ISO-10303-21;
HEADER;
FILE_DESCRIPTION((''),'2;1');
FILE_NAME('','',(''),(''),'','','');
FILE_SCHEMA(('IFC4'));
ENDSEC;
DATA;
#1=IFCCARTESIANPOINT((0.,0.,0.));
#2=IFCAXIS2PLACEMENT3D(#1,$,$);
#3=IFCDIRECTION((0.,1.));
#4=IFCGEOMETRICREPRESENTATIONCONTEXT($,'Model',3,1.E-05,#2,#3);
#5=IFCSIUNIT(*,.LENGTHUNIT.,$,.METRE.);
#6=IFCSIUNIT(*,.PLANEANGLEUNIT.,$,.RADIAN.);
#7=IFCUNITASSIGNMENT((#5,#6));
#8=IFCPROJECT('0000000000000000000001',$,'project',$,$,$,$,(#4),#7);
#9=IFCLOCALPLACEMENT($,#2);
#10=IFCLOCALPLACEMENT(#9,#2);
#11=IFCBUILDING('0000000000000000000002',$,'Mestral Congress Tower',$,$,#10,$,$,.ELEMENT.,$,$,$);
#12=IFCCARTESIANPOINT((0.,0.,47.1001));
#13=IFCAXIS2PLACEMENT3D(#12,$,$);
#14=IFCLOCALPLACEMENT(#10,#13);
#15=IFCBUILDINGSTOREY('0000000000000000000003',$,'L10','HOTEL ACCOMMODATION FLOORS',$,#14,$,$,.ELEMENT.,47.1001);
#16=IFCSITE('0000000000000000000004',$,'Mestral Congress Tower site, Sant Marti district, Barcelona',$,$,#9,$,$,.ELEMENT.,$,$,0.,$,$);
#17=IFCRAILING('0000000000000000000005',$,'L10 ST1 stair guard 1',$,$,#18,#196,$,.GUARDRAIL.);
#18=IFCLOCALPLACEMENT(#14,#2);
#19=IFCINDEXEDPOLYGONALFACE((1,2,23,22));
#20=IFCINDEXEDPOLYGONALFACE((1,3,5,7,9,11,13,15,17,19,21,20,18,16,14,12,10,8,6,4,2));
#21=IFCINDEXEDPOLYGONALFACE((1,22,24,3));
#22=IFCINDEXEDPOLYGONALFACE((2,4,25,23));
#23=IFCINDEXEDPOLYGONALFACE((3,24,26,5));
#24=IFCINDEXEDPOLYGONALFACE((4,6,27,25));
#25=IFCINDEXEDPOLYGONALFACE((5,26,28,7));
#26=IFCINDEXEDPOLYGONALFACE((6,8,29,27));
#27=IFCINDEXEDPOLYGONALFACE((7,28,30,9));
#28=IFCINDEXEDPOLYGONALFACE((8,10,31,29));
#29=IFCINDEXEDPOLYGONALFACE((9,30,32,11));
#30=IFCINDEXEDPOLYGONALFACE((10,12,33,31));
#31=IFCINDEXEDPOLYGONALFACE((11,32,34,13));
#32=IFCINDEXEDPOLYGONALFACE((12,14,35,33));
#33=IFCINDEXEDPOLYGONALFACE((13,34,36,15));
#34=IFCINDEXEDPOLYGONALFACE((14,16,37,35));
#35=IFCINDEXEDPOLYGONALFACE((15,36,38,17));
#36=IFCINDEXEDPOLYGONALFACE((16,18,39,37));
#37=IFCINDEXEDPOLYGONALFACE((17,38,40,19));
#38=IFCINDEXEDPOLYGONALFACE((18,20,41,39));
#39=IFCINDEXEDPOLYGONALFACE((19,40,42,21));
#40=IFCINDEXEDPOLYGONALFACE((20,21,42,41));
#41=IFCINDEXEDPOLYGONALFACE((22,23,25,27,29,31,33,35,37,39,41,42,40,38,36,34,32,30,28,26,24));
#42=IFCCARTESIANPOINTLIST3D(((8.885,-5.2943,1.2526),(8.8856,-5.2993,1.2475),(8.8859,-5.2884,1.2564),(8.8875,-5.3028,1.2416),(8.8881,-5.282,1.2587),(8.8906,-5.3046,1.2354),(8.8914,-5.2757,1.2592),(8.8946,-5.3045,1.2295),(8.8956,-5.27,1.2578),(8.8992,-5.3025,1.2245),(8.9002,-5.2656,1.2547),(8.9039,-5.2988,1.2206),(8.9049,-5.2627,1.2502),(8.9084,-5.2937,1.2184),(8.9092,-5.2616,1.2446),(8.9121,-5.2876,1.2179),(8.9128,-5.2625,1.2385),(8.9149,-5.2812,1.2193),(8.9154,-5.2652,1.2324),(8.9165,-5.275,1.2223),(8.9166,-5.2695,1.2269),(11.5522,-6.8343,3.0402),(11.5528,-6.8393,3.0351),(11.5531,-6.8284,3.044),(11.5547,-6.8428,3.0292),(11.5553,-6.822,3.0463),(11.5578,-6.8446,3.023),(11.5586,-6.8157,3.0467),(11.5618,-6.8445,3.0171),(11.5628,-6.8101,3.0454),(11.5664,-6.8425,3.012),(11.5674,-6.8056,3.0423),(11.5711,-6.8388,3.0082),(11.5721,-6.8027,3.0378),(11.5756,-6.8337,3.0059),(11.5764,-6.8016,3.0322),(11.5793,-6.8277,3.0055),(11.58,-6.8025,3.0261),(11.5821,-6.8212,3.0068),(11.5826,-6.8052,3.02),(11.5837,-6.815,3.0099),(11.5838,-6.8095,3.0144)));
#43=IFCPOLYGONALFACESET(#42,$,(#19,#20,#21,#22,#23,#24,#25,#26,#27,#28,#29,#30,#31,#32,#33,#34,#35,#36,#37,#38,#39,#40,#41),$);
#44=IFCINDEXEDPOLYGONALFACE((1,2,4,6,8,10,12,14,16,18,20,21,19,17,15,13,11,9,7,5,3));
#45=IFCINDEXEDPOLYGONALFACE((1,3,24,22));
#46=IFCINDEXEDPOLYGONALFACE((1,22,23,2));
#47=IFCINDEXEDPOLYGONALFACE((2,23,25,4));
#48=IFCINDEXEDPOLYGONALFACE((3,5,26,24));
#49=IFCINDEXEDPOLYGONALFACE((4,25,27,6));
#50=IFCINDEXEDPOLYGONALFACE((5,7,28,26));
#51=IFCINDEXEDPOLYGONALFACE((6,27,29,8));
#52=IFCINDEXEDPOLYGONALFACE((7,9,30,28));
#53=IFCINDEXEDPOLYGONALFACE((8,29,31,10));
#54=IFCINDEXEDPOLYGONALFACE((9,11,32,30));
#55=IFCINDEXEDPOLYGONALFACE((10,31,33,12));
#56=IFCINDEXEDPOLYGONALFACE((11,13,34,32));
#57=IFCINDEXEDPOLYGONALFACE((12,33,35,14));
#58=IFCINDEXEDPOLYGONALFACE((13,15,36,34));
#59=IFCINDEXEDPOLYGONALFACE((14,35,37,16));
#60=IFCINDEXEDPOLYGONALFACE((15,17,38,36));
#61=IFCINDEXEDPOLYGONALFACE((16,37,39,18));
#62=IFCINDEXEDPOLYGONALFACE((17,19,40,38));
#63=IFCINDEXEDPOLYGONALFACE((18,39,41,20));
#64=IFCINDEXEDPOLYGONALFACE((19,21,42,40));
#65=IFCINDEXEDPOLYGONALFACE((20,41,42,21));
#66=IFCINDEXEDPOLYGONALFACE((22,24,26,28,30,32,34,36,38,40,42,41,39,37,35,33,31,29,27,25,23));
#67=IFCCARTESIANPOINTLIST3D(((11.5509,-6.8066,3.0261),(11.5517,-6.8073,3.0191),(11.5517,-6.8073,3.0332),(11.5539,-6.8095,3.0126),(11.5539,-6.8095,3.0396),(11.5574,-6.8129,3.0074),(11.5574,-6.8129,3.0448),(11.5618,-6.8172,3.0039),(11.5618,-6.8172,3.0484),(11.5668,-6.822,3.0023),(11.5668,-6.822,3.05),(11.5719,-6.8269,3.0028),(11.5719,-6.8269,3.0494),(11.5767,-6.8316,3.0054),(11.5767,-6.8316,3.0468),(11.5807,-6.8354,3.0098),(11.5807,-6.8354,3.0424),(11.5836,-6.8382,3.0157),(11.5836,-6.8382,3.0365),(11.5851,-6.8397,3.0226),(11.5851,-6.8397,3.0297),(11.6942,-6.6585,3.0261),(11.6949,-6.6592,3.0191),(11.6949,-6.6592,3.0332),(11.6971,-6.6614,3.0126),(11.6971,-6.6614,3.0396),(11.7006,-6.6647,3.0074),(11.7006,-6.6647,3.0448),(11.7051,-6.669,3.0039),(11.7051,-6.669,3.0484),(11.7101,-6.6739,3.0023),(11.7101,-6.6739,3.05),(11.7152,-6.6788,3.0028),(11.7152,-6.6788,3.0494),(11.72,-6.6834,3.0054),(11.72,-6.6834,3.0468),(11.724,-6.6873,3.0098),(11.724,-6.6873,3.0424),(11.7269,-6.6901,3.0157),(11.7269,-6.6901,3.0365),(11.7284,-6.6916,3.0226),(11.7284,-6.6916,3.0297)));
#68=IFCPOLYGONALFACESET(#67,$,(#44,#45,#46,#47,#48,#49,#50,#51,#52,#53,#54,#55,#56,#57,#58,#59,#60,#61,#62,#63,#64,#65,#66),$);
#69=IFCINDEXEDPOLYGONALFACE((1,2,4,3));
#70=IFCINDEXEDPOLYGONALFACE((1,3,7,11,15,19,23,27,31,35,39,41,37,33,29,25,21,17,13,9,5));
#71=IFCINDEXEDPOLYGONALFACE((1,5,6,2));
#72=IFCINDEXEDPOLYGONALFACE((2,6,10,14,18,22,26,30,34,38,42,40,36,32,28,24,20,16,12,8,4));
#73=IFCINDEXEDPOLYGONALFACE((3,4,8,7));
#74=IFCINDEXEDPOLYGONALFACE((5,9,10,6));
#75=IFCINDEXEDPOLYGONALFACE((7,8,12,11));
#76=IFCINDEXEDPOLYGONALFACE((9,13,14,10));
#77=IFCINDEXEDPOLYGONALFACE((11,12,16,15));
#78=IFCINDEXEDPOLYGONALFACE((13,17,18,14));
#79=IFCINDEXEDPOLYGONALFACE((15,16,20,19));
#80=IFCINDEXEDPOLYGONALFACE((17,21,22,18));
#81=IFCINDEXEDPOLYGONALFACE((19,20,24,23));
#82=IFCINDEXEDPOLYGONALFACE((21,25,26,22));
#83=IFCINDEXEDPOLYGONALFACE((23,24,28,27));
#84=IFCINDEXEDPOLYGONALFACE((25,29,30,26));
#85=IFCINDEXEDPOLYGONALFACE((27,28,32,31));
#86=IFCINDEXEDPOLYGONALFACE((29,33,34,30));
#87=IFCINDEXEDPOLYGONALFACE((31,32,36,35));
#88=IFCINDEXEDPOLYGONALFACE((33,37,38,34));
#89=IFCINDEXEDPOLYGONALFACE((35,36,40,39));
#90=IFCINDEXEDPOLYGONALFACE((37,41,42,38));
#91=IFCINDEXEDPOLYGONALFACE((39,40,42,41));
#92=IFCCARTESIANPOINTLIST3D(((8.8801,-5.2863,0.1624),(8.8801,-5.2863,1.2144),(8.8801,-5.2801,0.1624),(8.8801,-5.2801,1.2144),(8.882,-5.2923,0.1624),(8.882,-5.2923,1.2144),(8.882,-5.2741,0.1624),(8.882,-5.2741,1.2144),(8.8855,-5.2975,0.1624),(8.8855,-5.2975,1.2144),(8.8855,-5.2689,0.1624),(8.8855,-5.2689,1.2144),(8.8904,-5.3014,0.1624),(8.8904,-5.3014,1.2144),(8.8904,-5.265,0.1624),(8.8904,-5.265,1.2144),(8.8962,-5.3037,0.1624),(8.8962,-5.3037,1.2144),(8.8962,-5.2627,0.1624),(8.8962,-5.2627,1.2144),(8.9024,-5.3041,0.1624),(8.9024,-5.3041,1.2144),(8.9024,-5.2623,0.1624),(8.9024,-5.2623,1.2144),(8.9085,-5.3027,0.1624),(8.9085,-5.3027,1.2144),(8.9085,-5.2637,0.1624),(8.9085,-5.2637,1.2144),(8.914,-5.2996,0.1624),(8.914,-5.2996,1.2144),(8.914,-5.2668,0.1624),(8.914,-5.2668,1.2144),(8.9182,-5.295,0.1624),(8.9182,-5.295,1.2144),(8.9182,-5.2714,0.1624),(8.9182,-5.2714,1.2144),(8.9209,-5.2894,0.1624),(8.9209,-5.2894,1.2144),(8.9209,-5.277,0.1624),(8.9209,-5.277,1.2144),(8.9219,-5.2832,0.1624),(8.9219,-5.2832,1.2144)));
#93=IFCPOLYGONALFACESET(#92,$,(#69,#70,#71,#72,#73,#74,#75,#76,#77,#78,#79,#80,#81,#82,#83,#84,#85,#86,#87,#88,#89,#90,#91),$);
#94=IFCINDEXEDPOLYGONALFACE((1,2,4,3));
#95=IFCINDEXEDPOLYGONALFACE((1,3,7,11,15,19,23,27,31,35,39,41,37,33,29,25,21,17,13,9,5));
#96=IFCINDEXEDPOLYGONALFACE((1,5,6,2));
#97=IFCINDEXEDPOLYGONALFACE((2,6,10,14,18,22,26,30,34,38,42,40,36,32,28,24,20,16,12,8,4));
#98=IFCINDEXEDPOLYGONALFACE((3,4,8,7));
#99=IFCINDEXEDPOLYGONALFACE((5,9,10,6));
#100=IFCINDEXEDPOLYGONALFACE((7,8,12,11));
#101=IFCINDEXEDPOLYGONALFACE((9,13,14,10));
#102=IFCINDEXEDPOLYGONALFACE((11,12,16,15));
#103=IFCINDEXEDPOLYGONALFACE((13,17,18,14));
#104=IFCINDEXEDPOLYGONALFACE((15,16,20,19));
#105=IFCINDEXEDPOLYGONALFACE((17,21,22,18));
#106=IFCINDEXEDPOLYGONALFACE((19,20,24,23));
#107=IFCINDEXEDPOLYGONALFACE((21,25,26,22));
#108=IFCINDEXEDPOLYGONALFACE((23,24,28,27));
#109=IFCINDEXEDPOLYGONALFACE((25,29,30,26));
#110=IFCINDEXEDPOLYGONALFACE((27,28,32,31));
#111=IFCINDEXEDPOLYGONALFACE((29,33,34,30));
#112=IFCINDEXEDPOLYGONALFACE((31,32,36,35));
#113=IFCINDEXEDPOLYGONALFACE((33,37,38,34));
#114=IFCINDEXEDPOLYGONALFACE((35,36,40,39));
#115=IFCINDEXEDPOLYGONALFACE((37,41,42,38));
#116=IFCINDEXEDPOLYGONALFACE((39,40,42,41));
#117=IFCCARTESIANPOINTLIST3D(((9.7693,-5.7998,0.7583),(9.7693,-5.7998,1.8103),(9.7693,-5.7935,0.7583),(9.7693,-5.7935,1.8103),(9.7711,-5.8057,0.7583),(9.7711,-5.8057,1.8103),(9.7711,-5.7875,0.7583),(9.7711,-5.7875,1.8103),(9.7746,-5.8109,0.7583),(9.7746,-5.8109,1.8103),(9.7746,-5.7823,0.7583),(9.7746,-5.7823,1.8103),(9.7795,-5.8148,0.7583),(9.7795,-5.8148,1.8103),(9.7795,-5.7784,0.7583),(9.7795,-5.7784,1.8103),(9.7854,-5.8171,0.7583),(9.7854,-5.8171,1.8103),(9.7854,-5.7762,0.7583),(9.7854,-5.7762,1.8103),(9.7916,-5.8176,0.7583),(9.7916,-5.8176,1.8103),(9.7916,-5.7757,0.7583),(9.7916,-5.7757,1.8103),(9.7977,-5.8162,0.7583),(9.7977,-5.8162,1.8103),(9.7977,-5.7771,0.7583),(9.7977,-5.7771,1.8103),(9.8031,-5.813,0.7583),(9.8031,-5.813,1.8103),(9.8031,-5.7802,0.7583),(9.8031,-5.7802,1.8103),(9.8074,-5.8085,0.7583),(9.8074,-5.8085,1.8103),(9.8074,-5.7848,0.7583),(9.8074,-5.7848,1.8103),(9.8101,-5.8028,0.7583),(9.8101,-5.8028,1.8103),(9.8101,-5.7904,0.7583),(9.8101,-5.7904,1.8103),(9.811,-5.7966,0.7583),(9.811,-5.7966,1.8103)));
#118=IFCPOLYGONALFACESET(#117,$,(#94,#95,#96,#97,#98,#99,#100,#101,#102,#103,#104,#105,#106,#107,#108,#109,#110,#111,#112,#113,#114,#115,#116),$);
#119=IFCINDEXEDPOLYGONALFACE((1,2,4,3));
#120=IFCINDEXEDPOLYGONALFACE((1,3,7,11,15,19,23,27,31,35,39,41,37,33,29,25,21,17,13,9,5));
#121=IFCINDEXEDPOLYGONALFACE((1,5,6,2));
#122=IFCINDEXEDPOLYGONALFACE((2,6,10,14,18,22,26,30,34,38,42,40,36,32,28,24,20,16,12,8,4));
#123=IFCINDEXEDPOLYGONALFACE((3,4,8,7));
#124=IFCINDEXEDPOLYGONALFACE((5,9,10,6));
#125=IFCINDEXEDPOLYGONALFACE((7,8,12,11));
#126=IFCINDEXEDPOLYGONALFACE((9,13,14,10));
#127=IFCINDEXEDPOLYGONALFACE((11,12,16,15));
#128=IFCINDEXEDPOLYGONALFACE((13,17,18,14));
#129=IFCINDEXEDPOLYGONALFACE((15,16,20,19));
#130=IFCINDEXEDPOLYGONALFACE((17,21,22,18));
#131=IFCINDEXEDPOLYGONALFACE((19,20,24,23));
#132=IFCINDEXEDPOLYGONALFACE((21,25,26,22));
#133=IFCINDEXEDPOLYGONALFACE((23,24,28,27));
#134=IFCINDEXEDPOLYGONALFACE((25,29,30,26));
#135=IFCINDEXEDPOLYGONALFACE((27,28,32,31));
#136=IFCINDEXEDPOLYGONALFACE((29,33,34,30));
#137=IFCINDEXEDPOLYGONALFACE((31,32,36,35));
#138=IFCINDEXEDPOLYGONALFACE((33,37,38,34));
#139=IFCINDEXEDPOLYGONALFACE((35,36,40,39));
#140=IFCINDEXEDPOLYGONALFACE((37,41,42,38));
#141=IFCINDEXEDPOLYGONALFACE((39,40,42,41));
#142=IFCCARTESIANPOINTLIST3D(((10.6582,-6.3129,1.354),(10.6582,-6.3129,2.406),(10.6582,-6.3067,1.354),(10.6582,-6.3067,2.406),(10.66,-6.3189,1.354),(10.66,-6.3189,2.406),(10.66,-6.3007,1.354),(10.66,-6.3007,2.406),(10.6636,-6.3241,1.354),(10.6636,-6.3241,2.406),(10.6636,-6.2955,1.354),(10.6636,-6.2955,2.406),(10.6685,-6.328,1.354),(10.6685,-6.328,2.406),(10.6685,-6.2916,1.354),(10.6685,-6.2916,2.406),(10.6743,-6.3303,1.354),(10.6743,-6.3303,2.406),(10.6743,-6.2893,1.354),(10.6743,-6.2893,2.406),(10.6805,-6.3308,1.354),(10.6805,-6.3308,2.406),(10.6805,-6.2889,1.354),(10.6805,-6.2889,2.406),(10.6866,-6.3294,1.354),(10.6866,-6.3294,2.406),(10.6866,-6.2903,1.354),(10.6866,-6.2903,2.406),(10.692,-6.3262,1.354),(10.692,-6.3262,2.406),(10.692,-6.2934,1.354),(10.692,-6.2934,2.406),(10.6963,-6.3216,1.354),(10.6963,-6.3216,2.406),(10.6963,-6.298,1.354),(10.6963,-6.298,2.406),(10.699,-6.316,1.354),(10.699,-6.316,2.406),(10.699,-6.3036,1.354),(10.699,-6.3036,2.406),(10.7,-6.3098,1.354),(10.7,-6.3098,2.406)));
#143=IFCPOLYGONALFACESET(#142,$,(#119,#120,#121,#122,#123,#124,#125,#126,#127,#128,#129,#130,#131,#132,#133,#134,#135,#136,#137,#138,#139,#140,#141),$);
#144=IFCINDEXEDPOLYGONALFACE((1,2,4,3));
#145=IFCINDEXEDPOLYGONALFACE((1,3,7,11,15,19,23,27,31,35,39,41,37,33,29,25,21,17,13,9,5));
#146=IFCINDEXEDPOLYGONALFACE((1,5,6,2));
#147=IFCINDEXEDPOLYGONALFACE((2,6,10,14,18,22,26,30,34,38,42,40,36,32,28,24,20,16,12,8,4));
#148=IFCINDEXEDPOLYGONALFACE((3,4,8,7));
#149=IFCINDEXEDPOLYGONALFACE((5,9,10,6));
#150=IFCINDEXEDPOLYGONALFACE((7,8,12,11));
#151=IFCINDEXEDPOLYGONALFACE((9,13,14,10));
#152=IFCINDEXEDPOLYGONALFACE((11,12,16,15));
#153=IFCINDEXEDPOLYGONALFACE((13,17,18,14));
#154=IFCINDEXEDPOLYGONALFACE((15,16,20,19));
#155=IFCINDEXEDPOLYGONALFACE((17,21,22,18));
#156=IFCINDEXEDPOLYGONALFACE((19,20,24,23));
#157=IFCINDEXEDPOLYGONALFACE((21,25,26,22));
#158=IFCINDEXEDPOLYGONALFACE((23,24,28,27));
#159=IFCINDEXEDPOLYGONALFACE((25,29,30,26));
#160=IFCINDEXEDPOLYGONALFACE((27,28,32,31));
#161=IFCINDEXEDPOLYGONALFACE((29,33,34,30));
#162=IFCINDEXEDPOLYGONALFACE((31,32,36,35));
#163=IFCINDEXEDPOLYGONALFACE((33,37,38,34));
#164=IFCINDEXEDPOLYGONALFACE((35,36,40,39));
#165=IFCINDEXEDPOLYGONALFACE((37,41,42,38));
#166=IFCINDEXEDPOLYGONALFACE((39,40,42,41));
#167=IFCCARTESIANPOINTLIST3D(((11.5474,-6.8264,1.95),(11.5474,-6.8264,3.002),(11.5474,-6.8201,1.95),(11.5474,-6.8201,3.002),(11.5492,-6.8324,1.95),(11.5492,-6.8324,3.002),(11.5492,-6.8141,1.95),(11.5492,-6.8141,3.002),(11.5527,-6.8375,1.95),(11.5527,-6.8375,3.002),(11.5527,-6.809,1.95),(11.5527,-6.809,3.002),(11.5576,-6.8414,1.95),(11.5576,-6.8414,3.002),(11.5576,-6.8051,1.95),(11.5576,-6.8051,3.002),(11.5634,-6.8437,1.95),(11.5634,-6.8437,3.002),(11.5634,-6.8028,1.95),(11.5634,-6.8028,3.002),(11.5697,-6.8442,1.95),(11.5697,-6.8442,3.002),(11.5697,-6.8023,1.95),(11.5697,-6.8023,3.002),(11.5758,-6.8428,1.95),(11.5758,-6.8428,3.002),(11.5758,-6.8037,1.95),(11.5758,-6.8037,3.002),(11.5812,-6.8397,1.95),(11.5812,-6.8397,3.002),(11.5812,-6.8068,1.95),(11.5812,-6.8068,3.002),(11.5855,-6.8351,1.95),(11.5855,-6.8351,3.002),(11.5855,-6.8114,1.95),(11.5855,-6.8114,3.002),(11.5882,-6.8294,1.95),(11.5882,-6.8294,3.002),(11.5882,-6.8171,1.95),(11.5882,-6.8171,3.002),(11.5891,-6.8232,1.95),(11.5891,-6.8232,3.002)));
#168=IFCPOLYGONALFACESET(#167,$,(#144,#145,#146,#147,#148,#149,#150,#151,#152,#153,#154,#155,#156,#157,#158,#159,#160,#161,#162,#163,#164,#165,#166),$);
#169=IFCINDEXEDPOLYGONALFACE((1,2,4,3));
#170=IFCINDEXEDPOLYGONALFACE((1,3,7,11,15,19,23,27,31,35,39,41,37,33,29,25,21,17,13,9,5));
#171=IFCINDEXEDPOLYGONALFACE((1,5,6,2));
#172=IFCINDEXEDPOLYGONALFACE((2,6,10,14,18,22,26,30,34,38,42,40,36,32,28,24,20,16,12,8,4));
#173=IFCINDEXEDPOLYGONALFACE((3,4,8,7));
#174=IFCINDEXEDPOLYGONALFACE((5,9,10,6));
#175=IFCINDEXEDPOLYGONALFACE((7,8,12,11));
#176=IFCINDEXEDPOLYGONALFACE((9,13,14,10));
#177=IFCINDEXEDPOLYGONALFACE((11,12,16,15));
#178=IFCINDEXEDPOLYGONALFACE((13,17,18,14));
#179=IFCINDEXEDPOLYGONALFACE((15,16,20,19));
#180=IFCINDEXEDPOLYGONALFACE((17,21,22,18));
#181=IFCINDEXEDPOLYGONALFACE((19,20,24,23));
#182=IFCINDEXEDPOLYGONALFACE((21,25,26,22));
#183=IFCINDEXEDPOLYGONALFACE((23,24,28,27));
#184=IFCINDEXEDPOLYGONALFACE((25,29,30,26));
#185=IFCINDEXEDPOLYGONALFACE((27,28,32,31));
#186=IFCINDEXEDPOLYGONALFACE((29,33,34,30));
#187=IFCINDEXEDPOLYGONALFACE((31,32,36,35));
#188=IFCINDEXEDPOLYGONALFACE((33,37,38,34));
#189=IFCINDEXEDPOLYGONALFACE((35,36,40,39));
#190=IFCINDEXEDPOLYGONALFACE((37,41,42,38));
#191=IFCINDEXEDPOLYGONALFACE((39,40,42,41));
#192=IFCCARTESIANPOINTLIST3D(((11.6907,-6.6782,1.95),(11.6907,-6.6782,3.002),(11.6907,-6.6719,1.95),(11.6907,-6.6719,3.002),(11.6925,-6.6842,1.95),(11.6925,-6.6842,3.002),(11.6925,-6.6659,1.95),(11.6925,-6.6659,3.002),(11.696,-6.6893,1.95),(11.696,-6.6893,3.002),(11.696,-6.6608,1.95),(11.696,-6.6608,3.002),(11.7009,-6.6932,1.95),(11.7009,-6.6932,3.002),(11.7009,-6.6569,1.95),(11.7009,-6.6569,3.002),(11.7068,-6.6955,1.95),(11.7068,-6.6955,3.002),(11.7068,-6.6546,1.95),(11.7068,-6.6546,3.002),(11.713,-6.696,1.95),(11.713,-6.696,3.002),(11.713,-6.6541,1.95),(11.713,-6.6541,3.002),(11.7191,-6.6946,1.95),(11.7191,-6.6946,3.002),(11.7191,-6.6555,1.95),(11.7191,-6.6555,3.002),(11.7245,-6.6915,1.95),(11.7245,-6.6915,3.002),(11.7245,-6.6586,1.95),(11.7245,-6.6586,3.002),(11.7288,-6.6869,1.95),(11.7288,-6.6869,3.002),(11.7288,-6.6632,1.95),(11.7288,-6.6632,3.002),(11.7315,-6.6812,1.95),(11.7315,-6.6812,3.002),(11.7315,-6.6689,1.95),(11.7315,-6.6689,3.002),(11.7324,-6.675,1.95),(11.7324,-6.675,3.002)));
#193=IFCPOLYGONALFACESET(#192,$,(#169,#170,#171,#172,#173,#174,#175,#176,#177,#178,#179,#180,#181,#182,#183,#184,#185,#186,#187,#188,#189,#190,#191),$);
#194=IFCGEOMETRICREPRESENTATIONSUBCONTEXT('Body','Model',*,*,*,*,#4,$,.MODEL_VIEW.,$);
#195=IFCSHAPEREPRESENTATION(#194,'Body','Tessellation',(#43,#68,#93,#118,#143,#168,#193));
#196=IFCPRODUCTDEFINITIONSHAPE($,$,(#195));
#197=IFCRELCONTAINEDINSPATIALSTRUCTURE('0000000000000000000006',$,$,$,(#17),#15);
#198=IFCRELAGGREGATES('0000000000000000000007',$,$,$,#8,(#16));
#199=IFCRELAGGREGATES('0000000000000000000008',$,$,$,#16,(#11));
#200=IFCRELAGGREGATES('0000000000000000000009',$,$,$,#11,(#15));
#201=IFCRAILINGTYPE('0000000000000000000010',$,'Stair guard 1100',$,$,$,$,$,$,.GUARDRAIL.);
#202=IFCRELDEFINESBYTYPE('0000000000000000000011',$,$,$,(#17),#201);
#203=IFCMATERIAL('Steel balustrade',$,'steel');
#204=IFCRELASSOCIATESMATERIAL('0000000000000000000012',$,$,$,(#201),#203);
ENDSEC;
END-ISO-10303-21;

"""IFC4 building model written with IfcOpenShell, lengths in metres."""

from ifc_helpers import new_model, si_unit, direction, frame, origin, origin_2d, place, context, subcontext, project, spatial, circle, extrude, material, type_object, element, save


model = new_model("IFC4")

# Units and contexts
model_context = context("Model", 3, precision=1e-05, world=origin(), true_north=direction((0.0, 1.0)))
body_context = subcontext(model_context, "Body", "Model", "MODEL_VIEW")
ifc_project = project(units=[si_unit("LENGTHUNIT", "METRE"), si_unit("PLANEANGLEUNIT", "RADIAN")], contexts=[model_context])

# Site, building, storey
site_placement = place(None, origin())
site = spatial("IfcSite", under=ifc_project, at=site_placement, Name="Mestral Congress Tower site, Sant Marti district, Barcelona", CompositionType="ELEMENT", RefElevation=0.0)
building_placement = place(site_placement, origin())
building = spatial("IfcBuilding", under=site, at=building_placement, Name="Mestral Congress Tower", CompositionType="ELEMENT")
storey_placement = place(building_placement, frame((0.0, 0.0, 47.1001)))
storey = spatial("IfcBuildingStorey", under=building, at=storey_placement, Name="L10", Description="HOTEL ACCOMMODATION FLOORS", CompositionType="ELEMENT", Elevation=47.1001)

# Railing
ifc_material_1 = material(Name="Steel balustrade", Category="steel")
railing_type_1 = type_object("IfcRailingType", Name="Stair guard 1100", PredefinedType="GUARDRAIL", material=ifc_material_1)
railing_1_placement = place(storey_placement, frame((8.9009, -5.2832, 0.1624)))
element("IfcRailing", 1, at=railing_1_placement, inside=storey, type_object=railing_type_1, Name="L10 ST1 stair guard 1", PredefinedType="GUARDRAIL", context=body_context, shape_type="SweptSolid", body=[
    extrude(circle(Radius=0.0239, at=origin_2d()), frame((0.0, 0.0, 1.0762), z_axis=(0.748994, -0.432463, 0.50198), x_axis=(0.500027, 0.86601, 0.0)), (0.0, 0.0, 1.0), 3.561),
    extrude(circle(Radius=0.0239, at=origin_2d()), frame((2.6672, -1.54, 2.8638), z_axis=(0.695165, 0.71885, 0.0), x_axis=(-0.71885, 0.695165, 0.0)), (0.0, 0.0, 1.0), 0.2061),
    extrude(circle(Radius=0.021, at=origin_2d()), origin(), (0.0, 0.0, 1.0), 1.052),
    extrude(circle(Radius=0.021, at=origin_2d()), frame((0.8892, -0.5134, 0.5959)), (0.0, 0.0, 1.0), 1.052),
    extrude(circle(Radius=0.021, at=origin_2d()), frame((1.7781, -1.0266, 1.1917)), (0.0, 0.0, 1.0), 1.052),
    extrude(circle(Radius=0.021, at=origin_2d()), frame((2.6672, -1.54, 1.7876)), (0.0, 0.0, 1.0), 1.052),
    extrude(circle(Radius=0.021, at=origin_2d()), frame((2.8105, -1.3918, 1.7876)), (0.0, 0.0, 1.0), 1.052),
])

save(model, "model.ifc")
